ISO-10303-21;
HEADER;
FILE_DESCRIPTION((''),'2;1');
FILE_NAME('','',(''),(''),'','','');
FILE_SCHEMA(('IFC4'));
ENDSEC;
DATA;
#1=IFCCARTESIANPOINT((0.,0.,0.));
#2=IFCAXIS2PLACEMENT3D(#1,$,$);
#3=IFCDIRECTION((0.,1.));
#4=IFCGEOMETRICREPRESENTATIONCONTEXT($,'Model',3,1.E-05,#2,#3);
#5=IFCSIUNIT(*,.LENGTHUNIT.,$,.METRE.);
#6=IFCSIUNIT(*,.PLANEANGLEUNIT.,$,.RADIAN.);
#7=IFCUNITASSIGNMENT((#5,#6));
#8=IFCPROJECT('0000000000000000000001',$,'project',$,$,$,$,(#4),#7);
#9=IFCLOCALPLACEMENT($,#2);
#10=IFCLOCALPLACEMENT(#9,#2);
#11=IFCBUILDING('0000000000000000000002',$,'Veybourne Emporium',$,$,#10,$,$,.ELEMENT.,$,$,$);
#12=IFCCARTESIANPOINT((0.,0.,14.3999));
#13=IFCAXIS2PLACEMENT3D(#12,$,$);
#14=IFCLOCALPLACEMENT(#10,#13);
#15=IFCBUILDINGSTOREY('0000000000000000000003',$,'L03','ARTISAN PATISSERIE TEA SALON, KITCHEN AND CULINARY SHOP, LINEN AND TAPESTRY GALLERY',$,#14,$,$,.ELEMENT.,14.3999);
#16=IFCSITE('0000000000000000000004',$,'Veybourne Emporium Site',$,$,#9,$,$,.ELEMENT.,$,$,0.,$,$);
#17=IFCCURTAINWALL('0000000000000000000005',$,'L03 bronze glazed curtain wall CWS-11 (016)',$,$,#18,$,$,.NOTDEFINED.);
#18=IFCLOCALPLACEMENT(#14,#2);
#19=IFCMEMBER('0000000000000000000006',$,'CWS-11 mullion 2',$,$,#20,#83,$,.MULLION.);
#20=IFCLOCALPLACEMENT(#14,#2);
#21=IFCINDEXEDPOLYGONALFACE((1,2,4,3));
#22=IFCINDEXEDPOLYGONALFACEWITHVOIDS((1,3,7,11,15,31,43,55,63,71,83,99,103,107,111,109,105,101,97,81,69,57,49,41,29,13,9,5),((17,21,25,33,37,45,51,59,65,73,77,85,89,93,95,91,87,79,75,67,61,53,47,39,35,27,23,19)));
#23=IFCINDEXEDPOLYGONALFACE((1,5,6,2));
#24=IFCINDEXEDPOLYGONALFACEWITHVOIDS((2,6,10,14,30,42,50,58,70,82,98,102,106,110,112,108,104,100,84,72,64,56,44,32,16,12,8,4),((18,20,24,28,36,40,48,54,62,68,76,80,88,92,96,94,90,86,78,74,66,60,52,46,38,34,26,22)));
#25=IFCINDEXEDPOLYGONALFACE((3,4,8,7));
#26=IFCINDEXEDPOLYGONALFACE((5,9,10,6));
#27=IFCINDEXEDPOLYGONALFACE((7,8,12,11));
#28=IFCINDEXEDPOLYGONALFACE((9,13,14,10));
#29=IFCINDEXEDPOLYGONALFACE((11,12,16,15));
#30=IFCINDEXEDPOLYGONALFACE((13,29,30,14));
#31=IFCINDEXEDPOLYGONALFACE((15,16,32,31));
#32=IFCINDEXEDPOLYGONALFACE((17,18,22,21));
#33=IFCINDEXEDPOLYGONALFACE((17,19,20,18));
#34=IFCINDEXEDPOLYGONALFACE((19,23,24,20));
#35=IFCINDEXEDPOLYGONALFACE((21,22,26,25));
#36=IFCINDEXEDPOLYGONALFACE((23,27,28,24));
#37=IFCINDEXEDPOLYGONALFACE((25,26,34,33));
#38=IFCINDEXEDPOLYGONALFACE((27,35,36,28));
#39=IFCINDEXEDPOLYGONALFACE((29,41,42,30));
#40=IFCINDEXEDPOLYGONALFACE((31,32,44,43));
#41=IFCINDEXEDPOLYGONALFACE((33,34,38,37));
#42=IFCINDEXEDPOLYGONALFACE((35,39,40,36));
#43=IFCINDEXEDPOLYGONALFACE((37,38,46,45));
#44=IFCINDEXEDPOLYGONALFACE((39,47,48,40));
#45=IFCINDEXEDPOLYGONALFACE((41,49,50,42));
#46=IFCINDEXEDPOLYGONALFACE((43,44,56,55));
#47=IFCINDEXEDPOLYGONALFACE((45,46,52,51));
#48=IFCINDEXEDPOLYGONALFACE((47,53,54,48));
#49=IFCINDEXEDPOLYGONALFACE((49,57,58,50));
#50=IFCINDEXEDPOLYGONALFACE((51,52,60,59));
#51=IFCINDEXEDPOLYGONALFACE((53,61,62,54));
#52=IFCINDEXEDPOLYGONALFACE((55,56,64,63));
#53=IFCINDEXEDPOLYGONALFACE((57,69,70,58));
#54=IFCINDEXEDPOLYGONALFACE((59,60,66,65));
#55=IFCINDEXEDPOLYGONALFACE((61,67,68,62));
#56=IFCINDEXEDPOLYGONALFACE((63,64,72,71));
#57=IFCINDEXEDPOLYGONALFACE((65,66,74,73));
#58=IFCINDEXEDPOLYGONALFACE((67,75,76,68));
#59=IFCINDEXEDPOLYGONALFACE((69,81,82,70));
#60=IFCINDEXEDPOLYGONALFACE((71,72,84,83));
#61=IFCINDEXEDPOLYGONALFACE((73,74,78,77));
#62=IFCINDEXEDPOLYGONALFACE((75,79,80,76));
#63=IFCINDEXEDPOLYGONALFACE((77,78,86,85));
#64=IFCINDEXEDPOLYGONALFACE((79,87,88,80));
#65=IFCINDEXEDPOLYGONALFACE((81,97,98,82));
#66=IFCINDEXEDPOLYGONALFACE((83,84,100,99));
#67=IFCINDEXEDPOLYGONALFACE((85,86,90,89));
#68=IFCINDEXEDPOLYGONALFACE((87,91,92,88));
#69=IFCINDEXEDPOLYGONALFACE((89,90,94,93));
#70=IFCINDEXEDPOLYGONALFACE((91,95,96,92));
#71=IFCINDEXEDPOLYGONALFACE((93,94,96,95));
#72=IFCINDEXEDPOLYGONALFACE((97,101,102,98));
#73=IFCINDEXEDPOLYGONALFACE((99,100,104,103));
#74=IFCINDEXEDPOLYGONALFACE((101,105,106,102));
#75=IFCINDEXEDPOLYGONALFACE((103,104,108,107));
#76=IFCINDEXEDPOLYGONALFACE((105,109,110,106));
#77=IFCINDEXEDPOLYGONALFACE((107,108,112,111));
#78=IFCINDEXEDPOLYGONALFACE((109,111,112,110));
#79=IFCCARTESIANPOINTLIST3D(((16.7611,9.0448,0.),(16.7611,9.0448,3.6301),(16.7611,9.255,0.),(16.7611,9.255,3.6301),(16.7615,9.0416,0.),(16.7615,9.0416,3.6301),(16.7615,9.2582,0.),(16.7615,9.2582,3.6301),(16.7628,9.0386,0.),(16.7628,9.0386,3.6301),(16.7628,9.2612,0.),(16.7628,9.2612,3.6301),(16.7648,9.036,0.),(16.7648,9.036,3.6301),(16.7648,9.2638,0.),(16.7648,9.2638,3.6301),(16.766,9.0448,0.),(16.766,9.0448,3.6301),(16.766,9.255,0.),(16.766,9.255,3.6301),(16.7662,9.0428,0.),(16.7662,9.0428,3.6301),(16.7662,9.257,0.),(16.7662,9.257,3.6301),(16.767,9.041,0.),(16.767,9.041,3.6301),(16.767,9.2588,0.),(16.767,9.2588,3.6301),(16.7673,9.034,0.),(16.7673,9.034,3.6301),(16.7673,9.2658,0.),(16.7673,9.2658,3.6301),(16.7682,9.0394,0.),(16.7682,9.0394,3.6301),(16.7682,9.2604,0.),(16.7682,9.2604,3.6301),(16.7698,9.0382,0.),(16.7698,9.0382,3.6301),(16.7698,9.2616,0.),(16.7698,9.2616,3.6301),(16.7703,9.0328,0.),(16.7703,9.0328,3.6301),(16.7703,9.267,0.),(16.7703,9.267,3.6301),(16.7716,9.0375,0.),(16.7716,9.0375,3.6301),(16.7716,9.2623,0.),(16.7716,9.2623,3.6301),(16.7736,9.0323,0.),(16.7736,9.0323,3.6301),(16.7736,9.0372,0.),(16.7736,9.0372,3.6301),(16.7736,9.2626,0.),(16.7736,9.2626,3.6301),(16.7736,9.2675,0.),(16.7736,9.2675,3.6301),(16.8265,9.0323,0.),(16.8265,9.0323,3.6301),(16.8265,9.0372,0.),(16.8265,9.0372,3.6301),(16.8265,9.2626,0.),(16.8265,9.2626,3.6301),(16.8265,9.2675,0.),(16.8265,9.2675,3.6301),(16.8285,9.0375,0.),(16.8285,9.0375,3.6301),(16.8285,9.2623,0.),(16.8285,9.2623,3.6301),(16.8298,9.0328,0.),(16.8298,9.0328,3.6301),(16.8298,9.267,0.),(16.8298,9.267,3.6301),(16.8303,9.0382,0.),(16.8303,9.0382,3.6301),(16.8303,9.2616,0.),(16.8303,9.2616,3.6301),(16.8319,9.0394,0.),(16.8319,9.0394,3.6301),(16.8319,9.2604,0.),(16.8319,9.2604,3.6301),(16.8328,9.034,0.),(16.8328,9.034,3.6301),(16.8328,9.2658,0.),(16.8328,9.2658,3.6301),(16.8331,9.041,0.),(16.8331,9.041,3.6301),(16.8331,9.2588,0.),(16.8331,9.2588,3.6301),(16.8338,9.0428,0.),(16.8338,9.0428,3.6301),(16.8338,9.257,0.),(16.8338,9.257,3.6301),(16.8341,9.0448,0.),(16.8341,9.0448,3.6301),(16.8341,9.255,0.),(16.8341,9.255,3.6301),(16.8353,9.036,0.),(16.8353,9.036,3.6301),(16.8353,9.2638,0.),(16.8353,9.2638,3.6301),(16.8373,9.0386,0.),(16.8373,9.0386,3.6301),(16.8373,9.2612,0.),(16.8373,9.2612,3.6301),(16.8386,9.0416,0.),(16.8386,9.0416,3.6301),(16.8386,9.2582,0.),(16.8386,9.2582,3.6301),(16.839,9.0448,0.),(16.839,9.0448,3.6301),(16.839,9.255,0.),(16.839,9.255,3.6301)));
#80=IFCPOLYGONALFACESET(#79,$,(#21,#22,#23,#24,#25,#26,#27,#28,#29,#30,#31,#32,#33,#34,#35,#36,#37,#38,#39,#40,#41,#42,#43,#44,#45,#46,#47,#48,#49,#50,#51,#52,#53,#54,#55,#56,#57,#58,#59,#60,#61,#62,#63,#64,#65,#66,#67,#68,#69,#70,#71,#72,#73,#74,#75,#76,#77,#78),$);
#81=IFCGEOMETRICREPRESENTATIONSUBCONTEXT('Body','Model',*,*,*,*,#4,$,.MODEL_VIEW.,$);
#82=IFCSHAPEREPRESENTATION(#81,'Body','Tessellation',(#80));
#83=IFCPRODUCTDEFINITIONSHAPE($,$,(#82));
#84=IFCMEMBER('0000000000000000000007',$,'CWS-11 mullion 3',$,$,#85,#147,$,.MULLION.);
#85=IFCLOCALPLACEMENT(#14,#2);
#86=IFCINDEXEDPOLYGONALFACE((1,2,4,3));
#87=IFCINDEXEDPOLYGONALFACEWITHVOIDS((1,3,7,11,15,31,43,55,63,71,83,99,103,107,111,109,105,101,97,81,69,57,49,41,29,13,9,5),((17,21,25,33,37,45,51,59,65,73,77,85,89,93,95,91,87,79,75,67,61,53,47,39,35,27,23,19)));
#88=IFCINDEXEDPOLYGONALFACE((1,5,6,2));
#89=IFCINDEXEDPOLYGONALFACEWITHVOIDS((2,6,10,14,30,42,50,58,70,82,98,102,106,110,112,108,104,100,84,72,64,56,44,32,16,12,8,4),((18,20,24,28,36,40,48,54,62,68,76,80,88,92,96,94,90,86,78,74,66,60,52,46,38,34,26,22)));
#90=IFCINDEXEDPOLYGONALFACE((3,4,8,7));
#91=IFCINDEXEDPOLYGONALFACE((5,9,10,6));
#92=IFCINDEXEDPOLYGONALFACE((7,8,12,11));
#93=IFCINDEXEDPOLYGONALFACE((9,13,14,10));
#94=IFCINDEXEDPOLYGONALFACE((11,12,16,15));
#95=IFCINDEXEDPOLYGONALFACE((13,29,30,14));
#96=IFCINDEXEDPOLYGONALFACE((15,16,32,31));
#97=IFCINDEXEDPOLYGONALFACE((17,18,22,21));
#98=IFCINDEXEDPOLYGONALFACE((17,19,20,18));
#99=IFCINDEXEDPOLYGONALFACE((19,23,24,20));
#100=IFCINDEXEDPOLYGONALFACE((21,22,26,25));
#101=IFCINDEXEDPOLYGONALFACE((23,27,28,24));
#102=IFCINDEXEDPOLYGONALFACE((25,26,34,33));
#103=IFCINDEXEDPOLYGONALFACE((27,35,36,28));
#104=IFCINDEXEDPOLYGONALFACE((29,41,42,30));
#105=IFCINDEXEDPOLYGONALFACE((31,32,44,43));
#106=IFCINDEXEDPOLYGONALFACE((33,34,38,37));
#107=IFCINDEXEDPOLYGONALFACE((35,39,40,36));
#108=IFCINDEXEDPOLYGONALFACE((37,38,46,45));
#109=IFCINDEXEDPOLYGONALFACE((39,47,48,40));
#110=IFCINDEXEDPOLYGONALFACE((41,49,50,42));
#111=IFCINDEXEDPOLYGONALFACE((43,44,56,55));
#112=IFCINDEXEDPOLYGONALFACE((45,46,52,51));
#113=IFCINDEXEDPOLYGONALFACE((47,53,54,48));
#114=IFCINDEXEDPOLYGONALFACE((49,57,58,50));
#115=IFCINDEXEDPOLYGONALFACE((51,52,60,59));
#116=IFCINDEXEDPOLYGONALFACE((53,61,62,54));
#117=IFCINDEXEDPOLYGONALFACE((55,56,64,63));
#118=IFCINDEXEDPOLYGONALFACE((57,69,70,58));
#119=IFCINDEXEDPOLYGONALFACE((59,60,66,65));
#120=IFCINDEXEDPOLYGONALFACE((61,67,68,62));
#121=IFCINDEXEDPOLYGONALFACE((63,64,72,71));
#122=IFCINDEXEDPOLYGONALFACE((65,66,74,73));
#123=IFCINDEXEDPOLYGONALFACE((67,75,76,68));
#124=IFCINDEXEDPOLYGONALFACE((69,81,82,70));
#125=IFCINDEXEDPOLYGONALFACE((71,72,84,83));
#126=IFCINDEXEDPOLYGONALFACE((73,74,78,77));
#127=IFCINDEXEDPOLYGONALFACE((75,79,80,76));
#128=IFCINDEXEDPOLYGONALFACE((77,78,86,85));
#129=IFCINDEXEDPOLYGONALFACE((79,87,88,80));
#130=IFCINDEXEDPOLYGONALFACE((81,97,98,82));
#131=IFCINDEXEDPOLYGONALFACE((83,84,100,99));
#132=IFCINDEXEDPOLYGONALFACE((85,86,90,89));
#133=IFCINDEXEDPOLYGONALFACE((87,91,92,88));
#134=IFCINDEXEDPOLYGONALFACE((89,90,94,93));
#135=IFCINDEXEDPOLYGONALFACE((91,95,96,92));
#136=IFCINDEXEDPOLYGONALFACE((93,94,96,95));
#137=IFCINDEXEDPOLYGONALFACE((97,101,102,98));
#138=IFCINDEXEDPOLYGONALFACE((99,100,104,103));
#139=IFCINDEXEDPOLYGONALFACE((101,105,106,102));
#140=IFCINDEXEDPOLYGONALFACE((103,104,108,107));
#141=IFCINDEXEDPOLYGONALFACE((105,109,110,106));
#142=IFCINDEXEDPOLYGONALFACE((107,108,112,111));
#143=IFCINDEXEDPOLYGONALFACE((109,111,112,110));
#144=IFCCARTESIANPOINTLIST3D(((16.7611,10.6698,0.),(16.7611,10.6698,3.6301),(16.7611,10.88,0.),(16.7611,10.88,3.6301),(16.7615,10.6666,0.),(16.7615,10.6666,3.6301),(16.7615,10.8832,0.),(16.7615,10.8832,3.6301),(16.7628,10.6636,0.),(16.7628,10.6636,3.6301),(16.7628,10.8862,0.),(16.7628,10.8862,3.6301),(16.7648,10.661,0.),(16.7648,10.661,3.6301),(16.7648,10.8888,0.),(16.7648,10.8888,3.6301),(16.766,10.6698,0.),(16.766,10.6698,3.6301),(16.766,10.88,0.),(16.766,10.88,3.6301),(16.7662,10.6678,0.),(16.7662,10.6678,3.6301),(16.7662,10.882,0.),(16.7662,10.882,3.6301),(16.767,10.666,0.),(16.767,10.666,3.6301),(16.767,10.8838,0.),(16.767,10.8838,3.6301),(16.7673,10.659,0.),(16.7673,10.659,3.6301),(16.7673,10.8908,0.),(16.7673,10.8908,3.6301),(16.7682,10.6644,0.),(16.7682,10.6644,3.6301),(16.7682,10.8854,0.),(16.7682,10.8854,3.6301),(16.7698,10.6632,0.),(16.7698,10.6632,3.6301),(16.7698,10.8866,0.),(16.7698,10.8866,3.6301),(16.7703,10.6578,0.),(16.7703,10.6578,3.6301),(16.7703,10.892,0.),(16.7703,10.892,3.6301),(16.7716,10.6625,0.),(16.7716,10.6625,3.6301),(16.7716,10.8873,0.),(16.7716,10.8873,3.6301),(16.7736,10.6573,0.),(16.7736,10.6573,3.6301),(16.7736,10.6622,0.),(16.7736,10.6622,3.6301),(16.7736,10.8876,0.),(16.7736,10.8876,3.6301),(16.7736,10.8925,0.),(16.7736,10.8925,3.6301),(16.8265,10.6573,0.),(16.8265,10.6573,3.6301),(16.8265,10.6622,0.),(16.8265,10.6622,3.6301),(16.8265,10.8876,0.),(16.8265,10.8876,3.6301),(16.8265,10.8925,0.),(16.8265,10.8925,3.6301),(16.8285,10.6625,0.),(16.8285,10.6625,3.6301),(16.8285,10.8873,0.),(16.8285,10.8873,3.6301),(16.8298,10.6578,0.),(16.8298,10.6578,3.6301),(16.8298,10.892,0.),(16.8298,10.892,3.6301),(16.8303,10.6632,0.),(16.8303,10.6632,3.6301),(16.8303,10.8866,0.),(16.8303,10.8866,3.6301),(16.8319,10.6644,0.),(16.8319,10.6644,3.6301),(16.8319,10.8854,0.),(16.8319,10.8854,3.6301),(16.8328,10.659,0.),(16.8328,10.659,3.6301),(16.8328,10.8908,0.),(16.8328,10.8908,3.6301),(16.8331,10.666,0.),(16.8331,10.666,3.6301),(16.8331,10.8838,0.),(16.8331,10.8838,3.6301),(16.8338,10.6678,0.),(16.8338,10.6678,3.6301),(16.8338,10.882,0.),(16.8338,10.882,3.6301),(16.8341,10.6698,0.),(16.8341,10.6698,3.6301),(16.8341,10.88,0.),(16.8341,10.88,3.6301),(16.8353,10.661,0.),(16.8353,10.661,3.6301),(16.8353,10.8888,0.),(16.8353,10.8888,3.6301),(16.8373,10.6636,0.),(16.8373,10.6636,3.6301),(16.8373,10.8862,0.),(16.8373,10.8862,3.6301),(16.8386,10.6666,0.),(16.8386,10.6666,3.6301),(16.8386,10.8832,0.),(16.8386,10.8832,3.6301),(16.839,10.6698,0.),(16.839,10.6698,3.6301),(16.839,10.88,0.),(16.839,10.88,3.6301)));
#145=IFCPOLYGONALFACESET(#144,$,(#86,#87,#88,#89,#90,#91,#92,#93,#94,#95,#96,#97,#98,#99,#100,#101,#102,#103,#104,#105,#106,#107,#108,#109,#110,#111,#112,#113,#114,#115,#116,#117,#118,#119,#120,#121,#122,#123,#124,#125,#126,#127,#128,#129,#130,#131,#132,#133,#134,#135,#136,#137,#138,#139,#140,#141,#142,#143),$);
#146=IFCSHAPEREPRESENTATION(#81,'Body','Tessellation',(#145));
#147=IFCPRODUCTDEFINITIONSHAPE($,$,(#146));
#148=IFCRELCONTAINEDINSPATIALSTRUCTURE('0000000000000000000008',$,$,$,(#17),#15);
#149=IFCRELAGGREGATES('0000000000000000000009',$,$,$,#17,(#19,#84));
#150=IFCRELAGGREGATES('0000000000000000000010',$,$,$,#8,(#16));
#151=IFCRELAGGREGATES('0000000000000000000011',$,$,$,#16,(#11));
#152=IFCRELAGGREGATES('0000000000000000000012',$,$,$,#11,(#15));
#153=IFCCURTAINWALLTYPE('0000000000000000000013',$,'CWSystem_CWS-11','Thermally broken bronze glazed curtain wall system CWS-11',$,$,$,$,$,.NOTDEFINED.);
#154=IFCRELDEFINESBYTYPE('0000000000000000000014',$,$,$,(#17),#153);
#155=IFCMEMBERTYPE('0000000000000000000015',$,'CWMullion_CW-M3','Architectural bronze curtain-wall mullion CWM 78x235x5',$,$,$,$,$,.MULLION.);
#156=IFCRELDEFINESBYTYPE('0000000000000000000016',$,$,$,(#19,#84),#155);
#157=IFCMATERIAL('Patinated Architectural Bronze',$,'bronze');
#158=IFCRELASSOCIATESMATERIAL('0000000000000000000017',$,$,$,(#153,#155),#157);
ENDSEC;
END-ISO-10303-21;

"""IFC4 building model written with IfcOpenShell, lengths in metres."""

from ifc_helpers import new_model, si_unit, direction, frame, origin, origin_2d, place, context, subcontext, project, spatial, hollow_rectangle, extrude, material, material_profile, profile_set, type_object, element, aggregate, save


model = new_model("IFC4")

# Units and contexts
model_context = context("Model", 3, precision=1e-05, world=origin(), true_north=direction((0.0, 1.0)))
body_context = subcontext(model_context, "Body", "Model", "MODEL_VIEW")
ifc_project = project(units=[si_unit("LENGTHUNIT", "METRE"), si_unit("PLANEANGLEUNIT", "RADIAN")], contexts=[model_context])

# Site, building, storey
site_placement = place(None, origin())
site = spatial("IfcSite", under=ifc_project, at=site_placement, Name="Veybourne Emporium Site", CompositionType="ELEMENT", RefElevation=0.0)
building_placement = place(site_placement, origin())
building = spatial("IfcBuilding", under=site, at=building_placement, Name="Veybourne Emporium", CompositionType="ELEMENT")
storey_placement = place(building_placement, frame((0.0, 0.0, 14.3999)))
storey = spatial("IfcBuildingStorey", under=building, at=storey_placement, Name="L03", Description="ARTISAN PATISSERIE TEA SALON, KITCHEN AND CULINARY SHOP, LINEN AND TAPESTRY GALLERY", CompositionType="ELEMENT", Elevation=14.3999)

# Curtain wall, members
ifc_material_1 = material(Name="Patinated Architectural Bronze", Category="bronze")
curtain_wall_type = type_object("IfcCurtainWallType", Name="CWSystem_CWS-11", Description="Thermally broken bronze glazed curtain wall system CWS-11", PredefinedType="NOTDEFINED", material=ifc_material_1)
curtain_wall_placement = place(storey_placement, origin())
curtain_wall = element("IfcCurtainWall", 1, at=curtain_wall_placement, inside=storey, type_object=curtain_wall_type, Name="L03 bronze glazed curtain wall CWS-11 (016)", PredefinedType="NOTDEFINED")
ifc_material_profile_1 = material_profile(ifc_material_1, hollow_rectangle(XDim=0.0779, YDim=0.2351, WallThickness=0.0049, InnerFilletRadius=0.0076, OuterFilletRadius=0.0125, at=origin_2d()), Name="CWM 78x235x5")
ifc_profile_set_1 = profile_set([ifc_material_profile_1], Name="Patinated Architectural Bronze")
member_type_1 = type_object("IfcMemberType", Name="CWMullion_CW-M3", Description="Architectural bronze curtain-wall mullion CWM 78x235x5", PredefinedType="MULLION", material=ifc_profile_set_1)
member_1_placement = place(storey_placement, frame((16.8, 9.1499, 0.0), z_axis=(0.0, 0.0, 1.0), x_axis=(-1.0, 0.0, 0.0)))
member_1 = element("IfcMember", 2, at=member_1_placement, type_object=member_type_1, Name="CWS-11 mullion 2", PredefinedType="MULLION", context=body_context, shape_type="SweptSolid", body=[
    extrude(hollow_rectangle(XDim=0.0779, YDim=0.2351, WallThickness=0.0049, InnerFilletRadius=0.0076, OuterFilletRadius=0.0125, at=origin_2d()), origin(), (0.0, 0.0, 1.0), 3.6301),
])
member_2_placement = place(storey_placement, frame((16.8, 10.7749, 0.0), z_axis=(0.0, 0.0, 1.0), x_axis=(-1.0, 0.0, 0.0)))
member_2 = element("IfcMember", 3, at=member_2_placement, type_object=member_type_1, Name="CWS-11 mullion 3", PredefinedType="MULLION", context=body_context, shape_type="SweptSolid", body=[
    extrude(hollow_rectangle(XDim=0.0779, YDim=0.2351, WallThickness=0.0049, InnerFilletRadius=0.0076, OuterFilletRadius=0.0125, at=origin_2d()), origin(), (0.0, 0.0, 1.0), 3.6301),
])
aggregate(curtain_wall, [member_1, member_2])

save(model, "model.ifc")
